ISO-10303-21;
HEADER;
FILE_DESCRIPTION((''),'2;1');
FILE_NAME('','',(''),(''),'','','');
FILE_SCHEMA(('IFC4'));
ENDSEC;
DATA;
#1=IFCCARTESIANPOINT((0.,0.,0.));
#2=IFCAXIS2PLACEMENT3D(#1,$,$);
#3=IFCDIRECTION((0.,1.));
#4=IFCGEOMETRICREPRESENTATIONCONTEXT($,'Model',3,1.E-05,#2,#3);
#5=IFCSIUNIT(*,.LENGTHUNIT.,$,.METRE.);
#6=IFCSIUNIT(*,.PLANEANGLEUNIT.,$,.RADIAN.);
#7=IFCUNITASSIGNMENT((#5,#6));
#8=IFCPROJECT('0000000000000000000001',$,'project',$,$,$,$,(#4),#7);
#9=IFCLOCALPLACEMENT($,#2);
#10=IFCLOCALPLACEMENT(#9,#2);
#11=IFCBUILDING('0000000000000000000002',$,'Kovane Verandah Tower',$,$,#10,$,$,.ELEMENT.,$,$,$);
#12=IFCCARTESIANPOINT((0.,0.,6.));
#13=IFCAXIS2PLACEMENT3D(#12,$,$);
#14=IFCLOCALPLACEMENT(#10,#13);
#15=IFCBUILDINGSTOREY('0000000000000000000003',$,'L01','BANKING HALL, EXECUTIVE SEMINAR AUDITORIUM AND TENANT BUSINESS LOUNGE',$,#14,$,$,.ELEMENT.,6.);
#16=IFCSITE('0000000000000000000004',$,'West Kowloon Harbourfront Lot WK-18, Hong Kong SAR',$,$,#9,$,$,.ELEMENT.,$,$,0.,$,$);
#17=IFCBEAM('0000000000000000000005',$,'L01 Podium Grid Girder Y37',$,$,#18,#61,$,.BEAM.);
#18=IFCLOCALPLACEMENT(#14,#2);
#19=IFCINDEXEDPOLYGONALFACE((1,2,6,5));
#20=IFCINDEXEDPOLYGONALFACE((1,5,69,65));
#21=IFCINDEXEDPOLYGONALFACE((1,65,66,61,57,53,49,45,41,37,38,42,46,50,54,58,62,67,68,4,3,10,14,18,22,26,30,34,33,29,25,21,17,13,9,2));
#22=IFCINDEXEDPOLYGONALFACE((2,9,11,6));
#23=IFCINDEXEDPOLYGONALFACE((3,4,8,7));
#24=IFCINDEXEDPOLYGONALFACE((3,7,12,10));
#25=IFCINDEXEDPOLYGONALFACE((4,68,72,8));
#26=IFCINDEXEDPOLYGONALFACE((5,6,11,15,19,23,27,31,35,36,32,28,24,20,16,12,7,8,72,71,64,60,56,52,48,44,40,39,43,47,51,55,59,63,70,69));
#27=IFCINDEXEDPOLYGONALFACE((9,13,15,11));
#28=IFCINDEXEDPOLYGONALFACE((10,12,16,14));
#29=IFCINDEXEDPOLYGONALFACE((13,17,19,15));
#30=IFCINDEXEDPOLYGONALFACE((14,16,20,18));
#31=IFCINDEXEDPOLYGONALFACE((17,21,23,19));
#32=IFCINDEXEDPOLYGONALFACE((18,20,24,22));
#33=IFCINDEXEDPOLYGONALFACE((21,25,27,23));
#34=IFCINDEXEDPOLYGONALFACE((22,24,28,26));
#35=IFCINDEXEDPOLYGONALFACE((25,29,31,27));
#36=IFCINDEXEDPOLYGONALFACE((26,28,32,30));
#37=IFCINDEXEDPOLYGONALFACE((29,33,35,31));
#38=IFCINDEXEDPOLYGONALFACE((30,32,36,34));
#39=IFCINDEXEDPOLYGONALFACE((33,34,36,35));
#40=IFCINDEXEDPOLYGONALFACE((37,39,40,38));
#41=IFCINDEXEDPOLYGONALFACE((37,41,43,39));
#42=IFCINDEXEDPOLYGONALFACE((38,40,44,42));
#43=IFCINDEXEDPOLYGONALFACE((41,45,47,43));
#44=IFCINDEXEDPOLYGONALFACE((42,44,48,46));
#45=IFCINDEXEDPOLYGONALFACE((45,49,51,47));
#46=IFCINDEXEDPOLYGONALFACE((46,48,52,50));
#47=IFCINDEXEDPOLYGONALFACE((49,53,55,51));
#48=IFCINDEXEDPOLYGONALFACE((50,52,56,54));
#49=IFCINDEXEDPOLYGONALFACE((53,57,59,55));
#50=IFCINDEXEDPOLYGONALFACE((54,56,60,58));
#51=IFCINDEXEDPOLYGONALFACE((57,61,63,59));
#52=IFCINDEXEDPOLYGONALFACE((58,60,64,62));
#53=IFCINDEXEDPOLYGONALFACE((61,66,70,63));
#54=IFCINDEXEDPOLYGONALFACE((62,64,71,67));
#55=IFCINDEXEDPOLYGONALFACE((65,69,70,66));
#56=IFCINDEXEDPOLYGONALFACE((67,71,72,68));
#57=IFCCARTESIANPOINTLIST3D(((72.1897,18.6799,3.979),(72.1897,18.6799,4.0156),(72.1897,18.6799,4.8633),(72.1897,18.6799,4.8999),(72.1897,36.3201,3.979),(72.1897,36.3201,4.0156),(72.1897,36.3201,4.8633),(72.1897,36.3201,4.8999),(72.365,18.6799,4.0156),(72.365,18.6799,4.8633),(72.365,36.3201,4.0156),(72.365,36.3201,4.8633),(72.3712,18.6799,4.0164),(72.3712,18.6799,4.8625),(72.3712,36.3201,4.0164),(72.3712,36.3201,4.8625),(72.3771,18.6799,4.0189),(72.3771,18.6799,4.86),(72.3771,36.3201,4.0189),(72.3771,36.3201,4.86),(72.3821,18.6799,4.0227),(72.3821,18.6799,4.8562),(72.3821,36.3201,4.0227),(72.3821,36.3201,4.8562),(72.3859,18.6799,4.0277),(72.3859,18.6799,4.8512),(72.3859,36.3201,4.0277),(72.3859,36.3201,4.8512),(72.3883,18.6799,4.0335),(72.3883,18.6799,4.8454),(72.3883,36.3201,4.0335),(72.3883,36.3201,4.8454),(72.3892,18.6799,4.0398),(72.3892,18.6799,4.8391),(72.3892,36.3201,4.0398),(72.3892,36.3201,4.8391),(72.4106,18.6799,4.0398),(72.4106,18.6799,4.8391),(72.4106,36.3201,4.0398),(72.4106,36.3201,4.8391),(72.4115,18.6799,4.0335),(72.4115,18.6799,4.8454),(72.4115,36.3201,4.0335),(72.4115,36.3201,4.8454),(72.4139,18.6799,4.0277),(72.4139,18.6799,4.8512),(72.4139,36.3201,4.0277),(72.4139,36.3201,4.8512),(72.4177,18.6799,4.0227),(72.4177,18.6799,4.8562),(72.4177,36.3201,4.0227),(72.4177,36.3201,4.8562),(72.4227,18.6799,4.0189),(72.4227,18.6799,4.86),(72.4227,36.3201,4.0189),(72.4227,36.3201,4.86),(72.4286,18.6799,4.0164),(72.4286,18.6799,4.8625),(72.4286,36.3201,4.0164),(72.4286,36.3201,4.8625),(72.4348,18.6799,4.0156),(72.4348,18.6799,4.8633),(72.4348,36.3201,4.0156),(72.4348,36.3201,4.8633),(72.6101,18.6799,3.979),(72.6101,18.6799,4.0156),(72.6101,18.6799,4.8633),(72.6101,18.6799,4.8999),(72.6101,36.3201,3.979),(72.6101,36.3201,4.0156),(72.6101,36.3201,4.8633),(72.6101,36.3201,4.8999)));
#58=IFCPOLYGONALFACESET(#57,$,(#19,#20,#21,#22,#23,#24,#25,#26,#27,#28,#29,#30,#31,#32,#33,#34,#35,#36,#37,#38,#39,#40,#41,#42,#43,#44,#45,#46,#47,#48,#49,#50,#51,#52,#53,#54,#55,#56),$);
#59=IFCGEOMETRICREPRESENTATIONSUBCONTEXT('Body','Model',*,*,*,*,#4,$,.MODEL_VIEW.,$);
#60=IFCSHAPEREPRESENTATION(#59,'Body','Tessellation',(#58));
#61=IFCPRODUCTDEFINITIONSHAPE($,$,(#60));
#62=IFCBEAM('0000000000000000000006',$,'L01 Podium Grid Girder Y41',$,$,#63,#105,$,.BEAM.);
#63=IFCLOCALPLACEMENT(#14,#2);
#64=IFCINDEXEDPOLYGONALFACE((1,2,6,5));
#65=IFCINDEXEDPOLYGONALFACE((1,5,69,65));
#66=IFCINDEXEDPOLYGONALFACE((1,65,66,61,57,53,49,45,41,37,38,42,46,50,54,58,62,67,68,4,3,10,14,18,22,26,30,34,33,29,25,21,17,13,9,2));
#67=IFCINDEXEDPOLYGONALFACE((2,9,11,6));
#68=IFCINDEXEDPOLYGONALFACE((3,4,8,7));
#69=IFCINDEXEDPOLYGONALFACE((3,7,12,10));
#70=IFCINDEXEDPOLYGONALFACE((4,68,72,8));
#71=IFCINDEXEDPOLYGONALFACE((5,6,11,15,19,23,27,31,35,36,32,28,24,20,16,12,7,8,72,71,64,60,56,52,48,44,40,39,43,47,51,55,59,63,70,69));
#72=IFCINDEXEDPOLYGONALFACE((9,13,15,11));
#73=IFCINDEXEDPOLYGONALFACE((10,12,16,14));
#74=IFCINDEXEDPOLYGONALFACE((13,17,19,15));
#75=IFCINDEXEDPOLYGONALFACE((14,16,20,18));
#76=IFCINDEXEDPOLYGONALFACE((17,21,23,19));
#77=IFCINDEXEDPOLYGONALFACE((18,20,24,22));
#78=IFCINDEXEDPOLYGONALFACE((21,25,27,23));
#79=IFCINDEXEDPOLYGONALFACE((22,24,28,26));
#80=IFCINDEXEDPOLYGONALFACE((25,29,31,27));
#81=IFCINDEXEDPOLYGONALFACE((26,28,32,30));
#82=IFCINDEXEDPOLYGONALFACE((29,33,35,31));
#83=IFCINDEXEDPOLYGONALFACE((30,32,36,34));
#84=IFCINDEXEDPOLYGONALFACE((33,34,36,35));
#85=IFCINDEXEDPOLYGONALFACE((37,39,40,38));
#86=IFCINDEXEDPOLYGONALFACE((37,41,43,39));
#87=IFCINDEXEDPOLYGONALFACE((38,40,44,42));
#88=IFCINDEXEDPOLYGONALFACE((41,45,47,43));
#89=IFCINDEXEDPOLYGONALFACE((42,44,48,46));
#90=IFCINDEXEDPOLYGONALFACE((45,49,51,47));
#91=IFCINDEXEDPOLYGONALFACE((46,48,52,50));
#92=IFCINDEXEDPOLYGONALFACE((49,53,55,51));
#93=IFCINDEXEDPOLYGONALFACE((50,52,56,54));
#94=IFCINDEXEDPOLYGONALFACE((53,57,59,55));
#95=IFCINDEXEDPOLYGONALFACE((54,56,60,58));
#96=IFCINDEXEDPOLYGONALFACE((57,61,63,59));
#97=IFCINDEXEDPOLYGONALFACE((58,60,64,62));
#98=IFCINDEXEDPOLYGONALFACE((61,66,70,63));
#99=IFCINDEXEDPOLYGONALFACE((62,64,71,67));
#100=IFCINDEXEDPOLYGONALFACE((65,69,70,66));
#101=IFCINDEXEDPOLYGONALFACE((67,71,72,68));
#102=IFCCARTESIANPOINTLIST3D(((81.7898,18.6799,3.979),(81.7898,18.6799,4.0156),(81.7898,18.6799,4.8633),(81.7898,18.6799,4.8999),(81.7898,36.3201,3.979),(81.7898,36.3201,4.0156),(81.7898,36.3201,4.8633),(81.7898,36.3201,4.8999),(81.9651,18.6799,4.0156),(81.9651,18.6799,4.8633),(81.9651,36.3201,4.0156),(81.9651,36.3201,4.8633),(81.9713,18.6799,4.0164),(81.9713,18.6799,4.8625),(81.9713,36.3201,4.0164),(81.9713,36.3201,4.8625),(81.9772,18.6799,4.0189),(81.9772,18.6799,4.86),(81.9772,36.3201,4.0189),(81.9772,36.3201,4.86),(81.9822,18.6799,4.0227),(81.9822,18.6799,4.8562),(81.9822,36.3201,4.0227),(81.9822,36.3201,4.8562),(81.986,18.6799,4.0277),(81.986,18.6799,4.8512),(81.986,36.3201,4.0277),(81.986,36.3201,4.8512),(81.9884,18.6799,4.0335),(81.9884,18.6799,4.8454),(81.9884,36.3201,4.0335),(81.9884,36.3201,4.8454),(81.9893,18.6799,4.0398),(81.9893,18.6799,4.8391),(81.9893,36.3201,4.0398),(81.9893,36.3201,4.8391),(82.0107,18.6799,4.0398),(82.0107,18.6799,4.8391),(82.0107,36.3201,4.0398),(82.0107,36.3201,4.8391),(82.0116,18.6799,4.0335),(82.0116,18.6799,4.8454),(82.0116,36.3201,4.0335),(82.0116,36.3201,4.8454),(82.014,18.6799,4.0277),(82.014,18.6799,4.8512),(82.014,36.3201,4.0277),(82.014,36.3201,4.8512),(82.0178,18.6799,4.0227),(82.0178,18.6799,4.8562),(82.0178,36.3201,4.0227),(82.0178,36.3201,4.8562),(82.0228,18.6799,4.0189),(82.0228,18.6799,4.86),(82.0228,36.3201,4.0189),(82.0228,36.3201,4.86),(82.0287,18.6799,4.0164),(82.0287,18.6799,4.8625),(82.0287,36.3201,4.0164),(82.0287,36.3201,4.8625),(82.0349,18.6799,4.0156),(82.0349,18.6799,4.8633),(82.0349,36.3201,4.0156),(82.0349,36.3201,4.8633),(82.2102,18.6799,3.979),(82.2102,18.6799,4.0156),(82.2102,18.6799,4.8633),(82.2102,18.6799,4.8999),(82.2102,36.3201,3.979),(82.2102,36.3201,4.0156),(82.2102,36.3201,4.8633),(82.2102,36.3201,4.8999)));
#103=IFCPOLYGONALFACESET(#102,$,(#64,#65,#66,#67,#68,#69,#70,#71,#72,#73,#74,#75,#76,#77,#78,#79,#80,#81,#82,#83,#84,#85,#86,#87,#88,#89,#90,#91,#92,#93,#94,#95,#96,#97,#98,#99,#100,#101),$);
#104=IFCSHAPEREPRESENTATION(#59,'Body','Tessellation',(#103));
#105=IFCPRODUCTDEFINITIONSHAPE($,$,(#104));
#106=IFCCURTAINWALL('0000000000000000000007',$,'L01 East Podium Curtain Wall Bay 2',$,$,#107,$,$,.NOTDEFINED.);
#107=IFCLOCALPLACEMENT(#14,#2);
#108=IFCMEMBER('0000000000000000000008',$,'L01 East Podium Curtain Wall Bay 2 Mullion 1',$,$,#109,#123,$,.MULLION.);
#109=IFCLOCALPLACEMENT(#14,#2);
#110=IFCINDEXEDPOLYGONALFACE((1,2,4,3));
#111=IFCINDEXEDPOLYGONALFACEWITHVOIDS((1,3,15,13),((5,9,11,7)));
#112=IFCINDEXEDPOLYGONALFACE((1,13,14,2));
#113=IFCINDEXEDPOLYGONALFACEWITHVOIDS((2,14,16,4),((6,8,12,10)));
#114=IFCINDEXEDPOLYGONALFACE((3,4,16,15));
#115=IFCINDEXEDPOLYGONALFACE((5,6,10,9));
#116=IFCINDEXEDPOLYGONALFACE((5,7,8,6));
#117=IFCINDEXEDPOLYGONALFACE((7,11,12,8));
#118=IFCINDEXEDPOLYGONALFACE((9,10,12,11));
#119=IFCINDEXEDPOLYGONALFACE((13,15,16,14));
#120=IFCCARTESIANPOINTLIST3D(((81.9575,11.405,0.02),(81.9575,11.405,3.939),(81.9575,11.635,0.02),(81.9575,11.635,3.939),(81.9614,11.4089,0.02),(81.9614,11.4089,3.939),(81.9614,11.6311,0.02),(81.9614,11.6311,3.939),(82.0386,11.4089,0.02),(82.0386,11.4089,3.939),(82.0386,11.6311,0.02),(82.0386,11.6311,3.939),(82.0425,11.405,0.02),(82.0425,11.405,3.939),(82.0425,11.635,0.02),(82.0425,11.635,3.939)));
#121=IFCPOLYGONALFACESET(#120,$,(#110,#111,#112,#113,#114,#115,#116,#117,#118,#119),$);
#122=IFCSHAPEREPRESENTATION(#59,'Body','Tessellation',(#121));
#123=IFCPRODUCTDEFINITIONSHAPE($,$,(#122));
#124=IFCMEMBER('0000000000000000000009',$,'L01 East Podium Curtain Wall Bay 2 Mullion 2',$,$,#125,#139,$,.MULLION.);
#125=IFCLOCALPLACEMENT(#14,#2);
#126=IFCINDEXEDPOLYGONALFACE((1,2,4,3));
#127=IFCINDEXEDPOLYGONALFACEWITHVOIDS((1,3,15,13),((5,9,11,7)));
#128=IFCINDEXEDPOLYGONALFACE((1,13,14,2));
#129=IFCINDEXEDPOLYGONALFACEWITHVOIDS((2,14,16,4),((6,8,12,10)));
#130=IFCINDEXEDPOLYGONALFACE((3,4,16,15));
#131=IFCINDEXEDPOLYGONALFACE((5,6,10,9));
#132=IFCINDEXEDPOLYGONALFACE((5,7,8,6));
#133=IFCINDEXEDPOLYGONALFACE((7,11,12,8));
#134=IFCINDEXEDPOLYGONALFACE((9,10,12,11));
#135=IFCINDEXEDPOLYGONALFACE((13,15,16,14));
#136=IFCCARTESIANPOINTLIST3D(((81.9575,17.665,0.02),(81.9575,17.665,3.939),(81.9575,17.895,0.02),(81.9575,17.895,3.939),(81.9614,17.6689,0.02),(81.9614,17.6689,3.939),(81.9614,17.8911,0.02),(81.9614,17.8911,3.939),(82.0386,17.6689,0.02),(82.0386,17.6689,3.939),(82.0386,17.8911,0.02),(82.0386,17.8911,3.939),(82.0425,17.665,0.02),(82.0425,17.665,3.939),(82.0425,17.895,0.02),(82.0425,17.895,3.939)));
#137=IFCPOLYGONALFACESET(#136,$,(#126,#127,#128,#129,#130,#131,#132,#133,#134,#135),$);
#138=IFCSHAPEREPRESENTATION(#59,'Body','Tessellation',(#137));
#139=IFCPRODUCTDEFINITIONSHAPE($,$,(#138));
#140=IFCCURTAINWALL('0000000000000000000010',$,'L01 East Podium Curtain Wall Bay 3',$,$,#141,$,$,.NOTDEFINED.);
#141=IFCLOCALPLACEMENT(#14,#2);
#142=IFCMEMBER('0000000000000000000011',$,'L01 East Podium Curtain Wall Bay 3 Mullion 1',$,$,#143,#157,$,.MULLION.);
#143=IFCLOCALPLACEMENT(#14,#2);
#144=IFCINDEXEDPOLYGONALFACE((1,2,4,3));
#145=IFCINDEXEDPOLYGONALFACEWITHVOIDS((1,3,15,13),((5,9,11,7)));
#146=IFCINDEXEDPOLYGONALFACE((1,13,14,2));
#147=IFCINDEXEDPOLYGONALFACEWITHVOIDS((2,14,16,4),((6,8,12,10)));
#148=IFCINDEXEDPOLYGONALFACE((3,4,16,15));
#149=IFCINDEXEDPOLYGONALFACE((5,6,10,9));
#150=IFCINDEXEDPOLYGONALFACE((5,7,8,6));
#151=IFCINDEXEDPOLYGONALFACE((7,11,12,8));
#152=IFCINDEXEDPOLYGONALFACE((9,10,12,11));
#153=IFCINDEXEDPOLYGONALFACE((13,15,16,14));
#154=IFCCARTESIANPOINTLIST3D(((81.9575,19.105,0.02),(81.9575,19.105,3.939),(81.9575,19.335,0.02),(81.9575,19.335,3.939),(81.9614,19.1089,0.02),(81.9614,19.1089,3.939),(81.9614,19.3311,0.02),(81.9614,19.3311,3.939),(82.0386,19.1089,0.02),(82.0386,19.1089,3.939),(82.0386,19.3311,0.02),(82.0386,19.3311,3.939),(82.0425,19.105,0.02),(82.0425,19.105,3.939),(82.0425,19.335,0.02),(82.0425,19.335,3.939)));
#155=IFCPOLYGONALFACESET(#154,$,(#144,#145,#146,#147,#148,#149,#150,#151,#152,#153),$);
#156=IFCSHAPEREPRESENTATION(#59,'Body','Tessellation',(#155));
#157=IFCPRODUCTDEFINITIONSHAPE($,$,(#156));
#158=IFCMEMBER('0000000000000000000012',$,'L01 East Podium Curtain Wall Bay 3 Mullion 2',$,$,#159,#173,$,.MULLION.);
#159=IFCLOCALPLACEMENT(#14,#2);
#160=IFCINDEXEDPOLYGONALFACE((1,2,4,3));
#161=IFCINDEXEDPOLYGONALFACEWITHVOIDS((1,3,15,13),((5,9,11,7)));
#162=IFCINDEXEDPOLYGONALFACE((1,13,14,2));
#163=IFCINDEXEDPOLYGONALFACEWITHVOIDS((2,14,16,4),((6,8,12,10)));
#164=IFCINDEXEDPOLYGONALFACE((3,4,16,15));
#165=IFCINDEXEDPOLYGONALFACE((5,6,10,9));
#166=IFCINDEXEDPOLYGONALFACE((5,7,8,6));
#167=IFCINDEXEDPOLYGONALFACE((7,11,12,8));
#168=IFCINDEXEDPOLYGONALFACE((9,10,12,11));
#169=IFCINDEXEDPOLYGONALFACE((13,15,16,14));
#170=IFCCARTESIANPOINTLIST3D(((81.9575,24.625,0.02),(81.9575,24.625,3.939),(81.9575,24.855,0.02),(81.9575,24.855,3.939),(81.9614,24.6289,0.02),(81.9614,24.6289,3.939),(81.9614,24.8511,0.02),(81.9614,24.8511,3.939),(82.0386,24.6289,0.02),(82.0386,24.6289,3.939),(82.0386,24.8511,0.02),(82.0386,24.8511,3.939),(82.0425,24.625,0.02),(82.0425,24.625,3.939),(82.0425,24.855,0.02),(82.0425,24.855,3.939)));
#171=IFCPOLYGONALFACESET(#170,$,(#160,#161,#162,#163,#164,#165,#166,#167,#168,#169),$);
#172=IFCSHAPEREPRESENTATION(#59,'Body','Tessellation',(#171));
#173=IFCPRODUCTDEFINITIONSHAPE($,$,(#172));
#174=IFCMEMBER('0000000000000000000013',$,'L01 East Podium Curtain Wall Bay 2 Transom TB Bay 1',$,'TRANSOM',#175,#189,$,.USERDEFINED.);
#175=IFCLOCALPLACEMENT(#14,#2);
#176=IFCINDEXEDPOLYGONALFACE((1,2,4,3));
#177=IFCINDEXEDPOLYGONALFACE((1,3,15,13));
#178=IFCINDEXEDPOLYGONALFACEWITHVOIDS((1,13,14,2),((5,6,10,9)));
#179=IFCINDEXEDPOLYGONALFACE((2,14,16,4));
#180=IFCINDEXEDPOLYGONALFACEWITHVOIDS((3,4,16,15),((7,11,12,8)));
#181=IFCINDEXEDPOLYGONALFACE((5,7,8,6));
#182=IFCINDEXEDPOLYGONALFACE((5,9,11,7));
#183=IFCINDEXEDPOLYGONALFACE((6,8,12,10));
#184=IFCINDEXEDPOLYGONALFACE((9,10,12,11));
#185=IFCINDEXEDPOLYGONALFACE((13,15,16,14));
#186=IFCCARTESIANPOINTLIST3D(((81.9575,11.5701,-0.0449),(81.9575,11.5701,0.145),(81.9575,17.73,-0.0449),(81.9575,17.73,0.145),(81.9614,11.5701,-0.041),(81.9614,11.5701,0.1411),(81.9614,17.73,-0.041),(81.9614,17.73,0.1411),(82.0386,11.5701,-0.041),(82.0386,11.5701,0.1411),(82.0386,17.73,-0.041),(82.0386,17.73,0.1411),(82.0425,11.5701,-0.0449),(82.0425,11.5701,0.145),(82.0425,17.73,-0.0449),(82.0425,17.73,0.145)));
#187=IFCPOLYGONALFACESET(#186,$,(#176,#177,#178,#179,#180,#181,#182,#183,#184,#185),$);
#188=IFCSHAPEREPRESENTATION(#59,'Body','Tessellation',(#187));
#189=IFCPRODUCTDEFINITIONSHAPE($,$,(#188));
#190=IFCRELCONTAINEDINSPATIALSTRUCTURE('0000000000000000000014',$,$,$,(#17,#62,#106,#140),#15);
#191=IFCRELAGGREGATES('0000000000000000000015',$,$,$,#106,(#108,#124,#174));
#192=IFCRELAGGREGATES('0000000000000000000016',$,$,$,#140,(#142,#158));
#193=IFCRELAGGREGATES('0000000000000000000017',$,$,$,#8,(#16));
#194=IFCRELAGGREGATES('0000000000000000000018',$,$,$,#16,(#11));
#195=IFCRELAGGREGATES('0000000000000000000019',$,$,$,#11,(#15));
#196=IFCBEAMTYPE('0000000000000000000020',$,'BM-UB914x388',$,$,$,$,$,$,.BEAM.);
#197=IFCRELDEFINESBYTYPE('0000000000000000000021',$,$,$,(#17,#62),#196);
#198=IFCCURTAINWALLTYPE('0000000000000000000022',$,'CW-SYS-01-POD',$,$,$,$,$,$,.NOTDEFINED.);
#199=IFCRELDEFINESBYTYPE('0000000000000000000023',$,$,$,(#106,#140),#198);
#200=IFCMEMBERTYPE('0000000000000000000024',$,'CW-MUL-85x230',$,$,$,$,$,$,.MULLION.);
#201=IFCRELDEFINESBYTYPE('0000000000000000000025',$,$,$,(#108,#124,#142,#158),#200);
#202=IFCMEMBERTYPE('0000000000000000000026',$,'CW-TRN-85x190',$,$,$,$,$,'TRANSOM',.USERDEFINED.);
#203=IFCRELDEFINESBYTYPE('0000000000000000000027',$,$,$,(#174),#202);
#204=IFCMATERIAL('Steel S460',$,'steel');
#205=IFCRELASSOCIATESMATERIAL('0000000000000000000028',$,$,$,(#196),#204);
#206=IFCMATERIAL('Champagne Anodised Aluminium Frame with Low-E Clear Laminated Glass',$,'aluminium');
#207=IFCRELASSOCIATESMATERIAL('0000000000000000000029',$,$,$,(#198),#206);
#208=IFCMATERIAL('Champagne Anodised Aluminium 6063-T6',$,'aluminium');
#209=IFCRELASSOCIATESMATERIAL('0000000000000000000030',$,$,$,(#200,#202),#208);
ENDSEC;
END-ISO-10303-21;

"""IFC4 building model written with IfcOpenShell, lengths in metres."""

from ifc_helpers import new_model, si_unit, direction, frame, origin, origin_2d, place, context, subcontext, project, spatial, hollow_rectangle, i_section, extrude, material, material_profile, profile_set, type_object, element, aggregate, save


model = new_model("IFC4")

# Units and contexts
model_context = context("Model", 3, precision=1e-05, world=origin(), true_north=direction((0.0, 1.0)))
body_context = subcontext(model_context, "Body", "Model", "MODEL_VIEW")
ifc_project = project(units=[si_unit("LENGTHUNIT", "METRE"), si_unit("PLANEANGLEUNIT", "RADIAN")], contexts=[model_context])

# Site, building, storey
site_placement = place(None, origin())
site = spatial("IfcSite", under=ifc_project, at=site_placement, Name="West Kowloon Harbourfront Lot WK-18, Hong Kong SAR", CompositionType="ELEMENT", RefElevation=0.0)
building_placement = place(site_placement, origin())
building = spatial("IfcBuilding", under=site, at=building_placement, Name="Kovane Verandah Tower", CompositionType="ELEMENT")
storey_placement = place(building_placement, frame((0.0, 0.0, 6.0)))
storey = spatial("IfcBuildingStorey", under=building, at=storey_placement, Name="L01", Description="BANKING HALL, EXECUTIVE SEMINAR AUDITORIUM AND TENANT BUSINESS LOUNGE", CompositionType="ELEMENT", Elevation=6.0)

# Shared definitions
ifc_material_1 = material(Name="Steel S460", Category="steel")

# Beams
ifc_material_profile_1 = material_profile(ifc_material_1, i_section(OverallWidth=0.4204, OverallDepth=0.9209, WebThickness=0.0215, FlangeThickness=0.0366, FilletRadius=0.0242, at=origin_2d()), Name="UB914x419x388")
ifc_profile_set_1 = profile_set([ifc_material_profile_1], Name="Steel S460")
beam_type = type_object("IfcBeamType", Name="BM-UB914x388", PredefinedType="BEAM", material=ifc_profile_set_1)
for number, where, z_axis, x_axis, name in (
    (1, (72.3999, 18.6799, 4.4395), (0.0, 1.0, 0.0), (-1.0, 0.0, 0.0), "L01 Podium Grid Girder Y37"),
    (2, (82.0, 18.6799, 4.4395), (0.0, 1.0, 0.0), (-1.0, 0.0, 0.0), "L01 Podium Grid Girder Y41"),
):
    element("IfcBeam", number, at=place(storey_placement, frame(where, z_axis=z_axis, x_axis=x_axis)), inside=storey, type_object=beam_type, Name=name, PredefinedType="BEAM", context=body_context, shape_type="SweptSolid", body=[
        extrude(i_section(OverallWidth=0.4204, OverallDepth=0.9209, WebThickness=0.0215, FlangeThickness=0.0366, FilletRadius=0.0242, at=origin_2d()), origin(), (0.0, 0.0, 1.0), 17.6401),
    ])

# Curtain walls, members
ifc_material_2 = material(Name="Champagne Anodised Aluminium Frame with Low-E Clear Laminated Glass", Category="aluminium")
curtain_wall_type = type_object("IfcCurtainWallType", Name="CW-SYS-01-POD", PredefinedType="NOTDEFINED", material=ifc_material_2)
curtain_wall_1_placement = place(storey_placement, origin())
curtain_wall_1 = element("IfcCurtainWall", 3, at=curtain_wall_1_placement, inside=storey, type_object=curtain_wall_type, Name="L01 East Podium Curtain Wall Bay 2", PredefinedType="NOTDEFINED")
ifc_material_3 = material(Name="Champagne Anodised Aluminium 6063-T6", Category="aluminium")
ifc_material_profile_2 = material_profile(ifc_material_3, hollow_rectangle(XDim=0.085, YDim=0.23, WallThickness=0.0039, at=origin_2d()), Name="AL85x230x4")
ifc_profile_set_2 = profile_set([ifc_material_profile_2], Name="Champagne Anodised Aluminium 6063-T6")
member_type_1 = type_object("IfcMemberType", Name="CW-MUL-85x230", PredefinedType="MULLION", material=ifc_profile_set_2)
member_1_placement = place(storey_placement, frame((82.0, 11.52, 0.02), z_axis=(0.0, 0.0, 1.0), x_axis=(1.0, 0.0, 0.0)))
member_1 = element("IfcMember", 4, at=member_1_placement, type_object=member_type_1, Name="L01 East Podium Curtain Wall Bay 2 Mullion 1", PredefinedType="MULLION", context=body_context, shape_type="SweptSolid", body=[
    extrude(hollow_rectangle(XDim=0.085, YDim=0.23, WallThickness=0.0039, at=origin_2d()), origin(), (0.0, 0.0, 1.0), 3.9189),
])
member_2_placement = place(storey_placement, frame((82.0, 17.78, 0.02), z_axis=(0.0, 0.0, 1.0), x_axis=(1.0, 0.0, 0.0)))
member_2 = element("IfcMember", 5, at=member_2_placement, type_object=member_type_1, Name="L01 East Podium Curtain Wall Bay 2 Mullion 2", PredefinedType="MULLION", context=body_context, shape_type="SweptSolid", body=[
    extrude(hollow_rectangle(XDim=0.085, YDim=0.23, WallThickness=0.0039, at=origin_2d()), origin(), (0.0, 0.0, 1.0), 3.9189),
])
curtain_wall_2_placement = place(storey_placement, origin())
curtain_wall_2 = element("IfcCurtainWall", 6, at=curtain_wall_2_placement, inside=storey, type_object=curtain_wall_type, Name="L01 East Podium Curtain Wall Bay 3", PredefinedType="NOTDEFINED")
member_3_placement = place(storey_placement, frame((82.0, 19.22, 0.02), z_axis=(0.0, 0.0, 1.0), x_axis=(1.0, 0.0, 0.0)))
member_3 = element("IfcMember", 7, at=member_3_placement, type_object=member_type_1, Name="L01 East Podium Curtain Wall Bay 3 Mullion 1", PredefinedType="MULLION", context=body_context, shape_type="SweptSolid", body=[
    extrude(hollow_rectangle(XDim=0.085, YDim=0.23, WallThickness=0.0039, at=origin_2d()), origin(), (0.0, 0.0, 1.0), 3.9189),
])
member_4_placement = place(storey_placement, frame((82.0, 24.74, 0.02), z_axis=(0.0, 0.0, 1.0), x_axis=(1.0, 0.0, 0.0)))
member_4 = element("IfcMember", 8, at=member_4_placement, type_object=member_type_1, Name="L01 East Podium Curtain Wall Bay 3 Mullion 2", PredefinedType="MULLION", context=body_context, shape_type="SweptSolid", body=[
    extrude(hollow_rectangle(XDim=0.085, YDim=0.23, WallThickness=0.0039, at=origin_2d()), origin(), (0.0, 0.0, 1.0), 3.9189),
])

# Member
ifc_material_profile_3 = material_profile(ifc_material_3, hollow_rectangle(XDim=0.085, YDim=0.1899, WallThickness=0.0039, at=origin_2d()), Name="AL85x190x4")
ifc_profile_set_3 = profile_set([ifc_material_profile_3], Name="Champagne Anodised Aluminium 6063-T6")
member_type_2 = type_object("IfcMemberType", Name="CW-TRN-85x190", ElementType="TRANSOM", PredefinedType="USERDEFINED", material=ifc_profile_set_3)
member_5_placement = place(storey_placement, frame((82.0, 11.5701, 0.05), z_axis=(0.0, 1.0, 0.0), x_axis=(-1.0, 0.0, 0.0)))
member_5 = element("IfcMember", 9, at=member_5_placement, type_object=member_type_2, Name="L01 East Podium Curtain Wall Bay 2 Transom TB Bay 1", ObjectType="TRANSOM", PredefinedType="USERDEFINED", context=body_context, shape_type="SweptSolid", body=[
    extrude(hollow_rectangle(XDim=0.085, YDim=0.1899, WallThickness=0.0039, at=origin_2d()), origin(), (0.0, 0.0, 1.0), 6.1599),
])

aggregate(curtain_wall_1, [member_1, member_2, member_5])
aggregate(curtain_wall_2, [member_3, member_4])

save(model, "model.ifc")
